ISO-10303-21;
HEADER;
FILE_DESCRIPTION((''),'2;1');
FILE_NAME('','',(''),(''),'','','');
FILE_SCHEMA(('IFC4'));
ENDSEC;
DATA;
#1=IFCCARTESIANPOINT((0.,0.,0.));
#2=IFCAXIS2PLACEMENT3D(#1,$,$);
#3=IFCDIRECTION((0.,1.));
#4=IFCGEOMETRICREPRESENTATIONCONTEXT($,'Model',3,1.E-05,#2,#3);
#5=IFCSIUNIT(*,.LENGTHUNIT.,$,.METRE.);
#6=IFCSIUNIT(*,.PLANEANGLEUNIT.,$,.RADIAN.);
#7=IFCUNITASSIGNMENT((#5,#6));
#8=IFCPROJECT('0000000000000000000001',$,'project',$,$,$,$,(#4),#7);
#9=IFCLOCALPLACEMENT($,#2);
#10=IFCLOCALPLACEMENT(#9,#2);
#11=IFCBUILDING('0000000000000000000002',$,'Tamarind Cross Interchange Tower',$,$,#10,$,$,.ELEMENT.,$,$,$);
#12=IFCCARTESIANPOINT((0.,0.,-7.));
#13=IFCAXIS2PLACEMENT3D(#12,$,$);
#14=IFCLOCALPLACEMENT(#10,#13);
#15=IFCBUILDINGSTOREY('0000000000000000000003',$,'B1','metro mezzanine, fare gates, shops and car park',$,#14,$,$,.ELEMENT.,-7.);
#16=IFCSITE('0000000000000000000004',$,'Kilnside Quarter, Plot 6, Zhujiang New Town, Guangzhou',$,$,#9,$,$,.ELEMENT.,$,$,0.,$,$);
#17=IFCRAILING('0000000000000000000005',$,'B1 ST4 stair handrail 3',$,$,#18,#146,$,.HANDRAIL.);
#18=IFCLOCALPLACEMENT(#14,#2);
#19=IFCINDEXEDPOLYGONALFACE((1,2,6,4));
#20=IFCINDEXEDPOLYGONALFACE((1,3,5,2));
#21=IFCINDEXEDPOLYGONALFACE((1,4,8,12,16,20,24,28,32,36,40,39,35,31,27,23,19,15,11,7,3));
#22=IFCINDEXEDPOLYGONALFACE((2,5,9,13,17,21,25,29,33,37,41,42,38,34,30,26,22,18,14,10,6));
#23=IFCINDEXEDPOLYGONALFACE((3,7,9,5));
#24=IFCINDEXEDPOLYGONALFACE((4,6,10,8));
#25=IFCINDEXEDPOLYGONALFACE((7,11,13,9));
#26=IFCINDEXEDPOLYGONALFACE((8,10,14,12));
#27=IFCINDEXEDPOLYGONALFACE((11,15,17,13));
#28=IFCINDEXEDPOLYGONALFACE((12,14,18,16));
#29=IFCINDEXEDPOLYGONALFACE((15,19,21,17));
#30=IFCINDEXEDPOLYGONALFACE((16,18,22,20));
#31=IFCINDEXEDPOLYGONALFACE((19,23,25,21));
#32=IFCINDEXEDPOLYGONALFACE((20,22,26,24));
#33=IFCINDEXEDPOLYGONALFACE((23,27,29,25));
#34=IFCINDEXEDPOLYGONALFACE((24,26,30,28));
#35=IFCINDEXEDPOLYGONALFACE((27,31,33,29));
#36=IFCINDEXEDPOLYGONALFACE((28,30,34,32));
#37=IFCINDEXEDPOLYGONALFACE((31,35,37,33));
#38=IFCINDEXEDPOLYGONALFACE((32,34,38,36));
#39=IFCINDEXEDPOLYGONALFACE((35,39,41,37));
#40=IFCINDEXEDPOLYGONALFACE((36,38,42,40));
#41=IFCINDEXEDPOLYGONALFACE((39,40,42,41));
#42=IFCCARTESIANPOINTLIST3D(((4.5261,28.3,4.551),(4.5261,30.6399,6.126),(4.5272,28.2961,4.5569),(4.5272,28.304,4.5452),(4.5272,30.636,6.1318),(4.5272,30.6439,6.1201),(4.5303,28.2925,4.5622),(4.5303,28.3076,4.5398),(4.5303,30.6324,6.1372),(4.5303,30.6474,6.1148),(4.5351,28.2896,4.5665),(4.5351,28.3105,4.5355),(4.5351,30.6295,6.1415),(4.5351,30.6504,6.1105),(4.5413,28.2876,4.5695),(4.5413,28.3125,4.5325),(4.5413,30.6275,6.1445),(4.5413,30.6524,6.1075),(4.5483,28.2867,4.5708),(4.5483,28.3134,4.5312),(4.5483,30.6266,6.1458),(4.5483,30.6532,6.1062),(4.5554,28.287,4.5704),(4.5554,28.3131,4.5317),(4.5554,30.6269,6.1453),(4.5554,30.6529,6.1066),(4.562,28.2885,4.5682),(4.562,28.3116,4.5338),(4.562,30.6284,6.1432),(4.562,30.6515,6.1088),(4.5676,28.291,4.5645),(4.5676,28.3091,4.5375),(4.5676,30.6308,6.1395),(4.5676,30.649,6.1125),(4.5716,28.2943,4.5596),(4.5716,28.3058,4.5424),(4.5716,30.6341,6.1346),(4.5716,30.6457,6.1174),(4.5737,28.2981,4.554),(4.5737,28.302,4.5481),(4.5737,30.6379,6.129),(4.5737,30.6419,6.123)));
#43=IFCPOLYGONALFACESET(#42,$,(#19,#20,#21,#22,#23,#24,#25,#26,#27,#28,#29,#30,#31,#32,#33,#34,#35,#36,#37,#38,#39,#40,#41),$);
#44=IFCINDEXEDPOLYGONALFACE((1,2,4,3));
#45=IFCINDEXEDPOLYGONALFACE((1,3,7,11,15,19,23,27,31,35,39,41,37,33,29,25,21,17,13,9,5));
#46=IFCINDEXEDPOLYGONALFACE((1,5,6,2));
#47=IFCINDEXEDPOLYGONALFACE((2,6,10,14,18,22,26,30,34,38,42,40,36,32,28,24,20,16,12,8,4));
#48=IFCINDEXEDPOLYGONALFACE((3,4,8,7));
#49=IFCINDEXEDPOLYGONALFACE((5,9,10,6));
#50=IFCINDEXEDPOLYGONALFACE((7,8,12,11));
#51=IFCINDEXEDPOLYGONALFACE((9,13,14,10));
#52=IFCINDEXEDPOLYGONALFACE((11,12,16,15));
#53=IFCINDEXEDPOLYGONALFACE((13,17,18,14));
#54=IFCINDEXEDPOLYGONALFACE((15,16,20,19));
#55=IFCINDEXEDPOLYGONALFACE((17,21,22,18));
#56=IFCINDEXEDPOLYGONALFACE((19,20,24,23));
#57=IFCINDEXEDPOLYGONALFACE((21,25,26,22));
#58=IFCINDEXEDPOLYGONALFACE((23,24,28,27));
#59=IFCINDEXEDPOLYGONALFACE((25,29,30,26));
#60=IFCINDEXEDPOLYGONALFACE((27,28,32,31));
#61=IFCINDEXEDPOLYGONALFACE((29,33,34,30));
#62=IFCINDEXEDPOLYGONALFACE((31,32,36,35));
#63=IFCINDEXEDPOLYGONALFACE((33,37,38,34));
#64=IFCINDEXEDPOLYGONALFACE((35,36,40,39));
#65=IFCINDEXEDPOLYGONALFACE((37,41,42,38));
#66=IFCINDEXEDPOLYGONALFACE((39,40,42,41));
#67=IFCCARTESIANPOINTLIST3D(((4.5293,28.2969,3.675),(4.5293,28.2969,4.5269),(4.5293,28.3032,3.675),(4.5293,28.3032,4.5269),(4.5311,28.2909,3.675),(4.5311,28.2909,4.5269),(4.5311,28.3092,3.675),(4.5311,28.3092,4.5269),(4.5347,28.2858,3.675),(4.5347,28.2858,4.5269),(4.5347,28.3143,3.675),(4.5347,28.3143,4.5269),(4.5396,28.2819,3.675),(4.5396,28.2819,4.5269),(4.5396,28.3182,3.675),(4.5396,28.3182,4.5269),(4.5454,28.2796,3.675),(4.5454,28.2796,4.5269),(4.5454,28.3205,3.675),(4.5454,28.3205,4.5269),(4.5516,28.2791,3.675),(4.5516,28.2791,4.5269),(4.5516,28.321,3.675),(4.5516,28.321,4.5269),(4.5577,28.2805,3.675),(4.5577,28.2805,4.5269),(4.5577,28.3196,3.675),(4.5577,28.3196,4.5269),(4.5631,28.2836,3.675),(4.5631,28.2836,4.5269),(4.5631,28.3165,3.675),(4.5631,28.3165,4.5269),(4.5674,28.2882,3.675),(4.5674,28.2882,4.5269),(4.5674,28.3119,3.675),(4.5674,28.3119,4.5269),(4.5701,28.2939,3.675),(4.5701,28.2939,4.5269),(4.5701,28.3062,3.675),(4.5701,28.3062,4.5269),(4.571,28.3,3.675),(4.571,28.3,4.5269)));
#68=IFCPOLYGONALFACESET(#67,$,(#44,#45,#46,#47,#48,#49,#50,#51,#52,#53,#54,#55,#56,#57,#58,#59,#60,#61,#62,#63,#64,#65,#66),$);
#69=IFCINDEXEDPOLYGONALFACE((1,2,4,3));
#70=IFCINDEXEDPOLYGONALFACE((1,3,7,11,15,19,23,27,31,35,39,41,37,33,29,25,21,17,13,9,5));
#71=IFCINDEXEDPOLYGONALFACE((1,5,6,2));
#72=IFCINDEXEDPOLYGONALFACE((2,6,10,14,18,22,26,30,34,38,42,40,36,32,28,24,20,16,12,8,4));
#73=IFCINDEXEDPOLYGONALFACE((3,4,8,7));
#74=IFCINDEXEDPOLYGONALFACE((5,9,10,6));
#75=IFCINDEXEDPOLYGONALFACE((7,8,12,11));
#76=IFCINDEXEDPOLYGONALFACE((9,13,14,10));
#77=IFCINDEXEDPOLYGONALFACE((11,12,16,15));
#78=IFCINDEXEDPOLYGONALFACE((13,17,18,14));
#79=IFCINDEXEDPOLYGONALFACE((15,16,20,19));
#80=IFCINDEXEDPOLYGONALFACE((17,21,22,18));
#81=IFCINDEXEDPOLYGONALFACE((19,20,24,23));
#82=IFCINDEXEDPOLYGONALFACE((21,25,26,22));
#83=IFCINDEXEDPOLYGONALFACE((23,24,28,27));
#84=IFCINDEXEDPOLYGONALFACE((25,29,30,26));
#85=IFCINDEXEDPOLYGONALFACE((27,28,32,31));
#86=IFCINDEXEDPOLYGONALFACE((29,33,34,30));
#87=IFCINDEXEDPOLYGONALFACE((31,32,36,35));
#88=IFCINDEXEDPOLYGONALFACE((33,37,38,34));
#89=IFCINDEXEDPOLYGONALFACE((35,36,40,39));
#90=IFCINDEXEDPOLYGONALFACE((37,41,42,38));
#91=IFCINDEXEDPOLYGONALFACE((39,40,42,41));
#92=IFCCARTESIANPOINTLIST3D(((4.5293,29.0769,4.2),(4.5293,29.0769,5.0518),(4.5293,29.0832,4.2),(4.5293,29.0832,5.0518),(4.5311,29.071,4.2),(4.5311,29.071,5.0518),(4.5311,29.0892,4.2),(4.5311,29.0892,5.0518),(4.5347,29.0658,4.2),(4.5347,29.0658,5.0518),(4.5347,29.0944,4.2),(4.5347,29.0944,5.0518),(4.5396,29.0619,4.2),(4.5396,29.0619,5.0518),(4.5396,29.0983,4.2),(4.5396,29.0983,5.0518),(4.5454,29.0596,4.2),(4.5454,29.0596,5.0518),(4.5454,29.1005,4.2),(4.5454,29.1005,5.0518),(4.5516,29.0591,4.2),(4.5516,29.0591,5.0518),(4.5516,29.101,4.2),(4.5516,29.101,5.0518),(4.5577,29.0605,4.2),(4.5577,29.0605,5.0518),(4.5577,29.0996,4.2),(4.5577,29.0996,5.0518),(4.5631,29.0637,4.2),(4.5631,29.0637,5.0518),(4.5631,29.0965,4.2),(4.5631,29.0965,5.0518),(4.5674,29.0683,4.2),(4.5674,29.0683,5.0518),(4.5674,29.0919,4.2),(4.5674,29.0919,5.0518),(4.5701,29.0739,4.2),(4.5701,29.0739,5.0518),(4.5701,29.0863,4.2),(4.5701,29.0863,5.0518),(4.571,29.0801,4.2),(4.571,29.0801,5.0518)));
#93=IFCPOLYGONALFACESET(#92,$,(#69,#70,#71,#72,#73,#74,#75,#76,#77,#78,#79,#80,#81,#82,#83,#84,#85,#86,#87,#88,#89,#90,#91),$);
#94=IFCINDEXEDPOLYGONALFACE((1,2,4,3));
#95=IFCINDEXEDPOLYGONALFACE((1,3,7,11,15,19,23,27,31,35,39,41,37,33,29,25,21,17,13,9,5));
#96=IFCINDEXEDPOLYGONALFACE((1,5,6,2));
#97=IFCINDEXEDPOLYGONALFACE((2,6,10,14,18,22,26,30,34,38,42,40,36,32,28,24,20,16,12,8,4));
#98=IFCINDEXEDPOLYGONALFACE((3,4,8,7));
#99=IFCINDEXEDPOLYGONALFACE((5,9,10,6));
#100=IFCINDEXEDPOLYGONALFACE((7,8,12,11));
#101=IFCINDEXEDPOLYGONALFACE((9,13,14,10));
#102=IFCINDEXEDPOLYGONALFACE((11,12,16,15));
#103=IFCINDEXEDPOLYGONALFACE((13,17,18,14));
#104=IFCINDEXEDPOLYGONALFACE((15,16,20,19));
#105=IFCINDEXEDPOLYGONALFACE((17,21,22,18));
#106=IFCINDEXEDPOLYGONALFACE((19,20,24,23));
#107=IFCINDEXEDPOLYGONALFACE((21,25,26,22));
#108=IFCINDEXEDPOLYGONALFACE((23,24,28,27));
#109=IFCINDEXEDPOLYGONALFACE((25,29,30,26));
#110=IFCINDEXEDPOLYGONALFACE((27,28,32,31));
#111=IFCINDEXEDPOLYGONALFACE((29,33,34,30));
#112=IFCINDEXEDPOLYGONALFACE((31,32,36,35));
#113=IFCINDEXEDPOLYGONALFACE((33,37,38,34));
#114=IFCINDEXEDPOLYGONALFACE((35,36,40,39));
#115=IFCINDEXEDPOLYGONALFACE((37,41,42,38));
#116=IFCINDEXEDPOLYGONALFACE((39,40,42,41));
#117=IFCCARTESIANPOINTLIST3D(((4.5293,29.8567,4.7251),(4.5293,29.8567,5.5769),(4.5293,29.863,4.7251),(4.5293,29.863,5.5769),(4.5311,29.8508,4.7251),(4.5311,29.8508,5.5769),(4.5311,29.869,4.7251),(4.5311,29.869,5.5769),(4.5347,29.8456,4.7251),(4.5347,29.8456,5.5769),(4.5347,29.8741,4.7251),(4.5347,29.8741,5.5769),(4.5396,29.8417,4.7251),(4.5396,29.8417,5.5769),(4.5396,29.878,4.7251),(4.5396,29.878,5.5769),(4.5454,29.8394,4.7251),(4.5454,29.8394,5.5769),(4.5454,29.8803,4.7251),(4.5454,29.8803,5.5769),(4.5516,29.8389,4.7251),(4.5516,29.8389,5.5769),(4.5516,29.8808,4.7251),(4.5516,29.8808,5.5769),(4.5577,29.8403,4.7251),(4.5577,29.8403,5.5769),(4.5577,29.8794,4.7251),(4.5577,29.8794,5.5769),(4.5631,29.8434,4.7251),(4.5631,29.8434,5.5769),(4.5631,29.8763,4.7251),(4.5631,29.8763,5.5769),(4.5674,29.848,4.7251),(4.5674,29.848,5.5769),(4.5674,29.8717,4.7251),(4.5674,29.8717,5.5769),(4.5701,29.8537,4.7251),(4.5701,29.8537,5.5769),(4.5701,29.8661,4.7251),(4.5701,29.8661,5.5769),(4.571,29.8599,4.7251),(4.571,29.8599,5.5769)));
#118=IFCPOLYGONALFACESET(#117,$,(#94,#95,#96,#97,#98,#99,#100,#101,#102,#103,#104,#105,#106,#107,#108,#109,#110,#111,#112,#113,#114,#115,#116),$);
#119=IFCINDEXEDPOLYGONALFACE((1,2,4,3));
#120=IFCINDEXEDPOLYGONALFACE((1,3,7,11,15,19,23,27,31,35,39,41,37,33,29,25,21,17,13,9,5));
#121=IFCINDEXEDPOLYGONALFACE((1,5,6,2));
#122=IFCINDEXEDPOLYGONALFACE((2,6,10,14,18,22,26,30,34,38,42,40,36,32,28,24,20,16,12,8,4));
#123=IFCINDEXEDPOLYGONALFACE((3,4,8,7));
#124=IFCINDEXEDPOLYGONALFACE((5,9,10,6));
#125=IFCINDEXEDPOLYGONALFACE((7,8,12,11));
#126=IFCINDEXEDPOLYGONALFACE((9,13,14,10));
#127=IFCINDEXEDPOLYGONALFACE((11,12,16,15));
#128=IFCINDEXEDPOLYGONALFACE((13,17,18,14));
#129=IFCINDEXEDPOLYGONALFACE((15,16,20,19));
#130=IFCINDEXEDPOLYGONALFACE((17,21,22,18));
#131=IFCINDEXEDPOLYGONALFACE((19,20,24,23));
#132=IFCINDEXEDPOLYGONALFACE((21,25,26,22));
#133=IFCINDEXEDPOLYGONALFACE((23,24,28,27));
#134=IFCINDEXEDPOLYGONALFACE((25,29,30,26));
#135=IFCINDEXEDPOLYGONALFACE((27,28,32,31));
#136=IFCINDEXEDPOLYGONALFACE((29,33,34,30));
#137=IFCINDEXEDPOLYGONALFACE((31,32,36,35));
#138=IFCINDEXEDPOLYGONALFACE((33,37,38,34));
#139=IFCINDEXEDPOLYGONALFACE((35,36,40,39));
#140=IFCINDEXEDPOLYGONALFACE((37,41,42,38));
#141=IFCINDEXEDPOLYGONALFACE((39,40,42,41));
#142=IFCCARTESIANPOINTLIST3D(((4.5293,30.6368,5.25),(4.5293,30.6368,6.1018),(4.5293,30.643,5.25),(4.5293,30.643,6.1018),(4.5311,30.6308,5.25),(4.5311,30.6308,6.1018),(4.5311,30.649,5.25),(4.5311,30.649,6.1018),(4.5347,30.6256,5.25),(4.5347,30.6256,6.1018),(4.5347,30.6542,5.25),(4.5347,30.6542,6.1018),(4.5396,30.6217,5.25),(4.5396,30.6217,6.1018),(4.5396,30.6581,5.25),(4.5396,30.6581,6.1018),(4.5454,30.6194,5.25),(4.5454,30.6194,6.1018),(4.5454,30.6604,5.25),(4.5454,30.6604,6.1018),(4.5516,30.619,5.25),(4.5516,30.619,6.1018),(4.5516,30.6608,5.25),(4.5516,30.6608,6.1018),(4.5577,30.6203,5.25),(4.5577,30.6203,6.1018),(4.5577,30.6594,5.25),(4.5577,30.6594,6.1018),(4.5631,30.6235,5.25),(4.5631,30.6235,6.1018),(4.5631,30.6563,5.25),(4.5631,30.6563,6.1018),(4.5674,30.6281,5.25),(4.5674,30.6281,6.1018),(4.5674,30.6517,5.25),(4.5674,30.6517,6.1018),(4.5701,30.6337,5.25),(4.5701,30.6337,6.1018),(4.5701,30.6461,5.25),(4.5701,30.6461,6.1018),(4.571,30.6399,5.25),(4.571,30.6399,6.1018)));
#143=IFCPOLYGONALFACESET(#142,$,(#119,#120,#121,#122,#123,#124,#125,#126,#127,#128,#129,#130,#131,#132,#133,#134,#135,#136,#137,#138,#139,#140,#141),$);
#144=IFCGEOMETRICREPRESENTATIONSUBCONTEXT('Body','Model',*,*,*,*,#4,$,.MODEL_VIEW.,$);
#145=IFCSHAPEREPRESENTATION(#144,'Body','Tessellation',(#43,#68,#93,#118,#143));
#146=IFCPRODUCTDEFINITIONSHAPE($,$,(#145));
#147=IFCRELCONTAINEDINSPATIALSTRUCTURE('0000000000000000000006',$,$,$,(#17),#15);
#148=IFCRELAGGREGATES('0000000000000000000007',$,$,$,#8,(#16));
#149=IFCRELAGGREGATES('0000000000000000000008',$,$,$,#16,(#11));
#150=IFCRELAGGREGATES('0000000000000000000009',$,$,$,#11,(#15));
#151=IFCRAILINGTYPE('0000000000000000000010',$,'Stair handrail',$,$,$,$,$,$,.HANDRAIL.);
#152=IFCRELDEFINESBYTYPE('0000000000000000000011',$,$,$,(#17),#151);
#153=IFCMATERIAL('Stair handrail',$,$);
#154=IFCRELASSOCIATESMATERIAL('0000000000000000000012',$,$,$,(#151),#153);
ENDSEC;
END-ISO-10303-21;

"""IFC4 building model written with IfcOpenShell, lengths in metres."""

from ifc_helpers import new_model, si_unit, direction, frame, origin, origin_2d, place, context, subcontext, project, spatial, circle, extrude, material, type_object, element, save


model = new_model("IFC4")

# Units and contexts
model_context = context("Model", 3, precision=1e-05, world=origin(), true_north=direction((0.0, 1.0)))
body_context = subcontext(model_context, "Body", "Model", "MODEL_VIEW")
ifc_project = project(units=[si_unit("LENGTHUNIT", "METRE"), si_unit("PLANEANGLEUNIT", "RADIAN")], contexts=[model_context])

# Site, building, storey
site_placement = place(None, origin())
site = spatial("IfcSite", under=ifc_project, at=site_placement, Name="Kilnside Quarter, Plot 6, Zhujiang New Town, Guangzhou", CompositionType="ELEMENT", RefElevation=0.0)
building_placement = place(site_placement, origin())
building = spatial("IfcBuilding", under=site, at=building_placement, Name="Tamarind Cross Interchange Tower", CompositionType="ELEMENT")
storey_placement = place(building_placement, frame((0.0, 0.0, -7.0)))
storey = spatial("IfcBuildingStorey", under=building, at=storey_placement, Name="B1", Description="metro mezzanine, fare gates, shops and car park", CompositionType="ELEMENT", Elevation=-7.0)

# Railing
ifc_material_1 = material(Name="Stair handrail")
railing_type_1 = type_object("IfcRailingType", Name="Stair handrail", PredefinedType="HANDRAIL", material=ifc_material_1)
railing_1_placement = place(storey_placement, frame((4.55, 28.3, 3.675)))
element("IfcRailing", 1, at=railing_1_placement, inside=storey, type_object=railing_type_1, Name="B1 ST4 stair handrail 3", PredefinedType="HANDRAIL", context=body_context, shape_type="SweptSolid", body=[
    extrude(circle(Radius=0.0239, at=origin_2d()), frame((0.0, 0.0, 0.876), z_axis=(0.0, 0.829578, 0.55839), x_axis=(-1.0, 0.0, 0.0)), (0.0, 0.0, 1.0), 2.8206),
    extrude(circle(Radius=0.021, at=origin_2d()), origin(), (0.0, 0.0, 1.0), 0.8518),
    extrude(circle(Radius=0.021, at=origin_2d()), frame((0.0, 0.78, 0.5249)), (0.0, 0.0, 1.0), 0.8518),
    extrude(circle(Radius=0.021, at=origin_2d()), frame((0.0, 1.5598, 1.05)), (0.0, 0.0, 1.0), 0.8518),
    extrude(circle(Radius=0.021, at=origin_2d()), frame((0.0, 2.3398, 1.575)), (0.0, 0.0, 1.0), 0.8518),
])

save(model, "model.ifc")
